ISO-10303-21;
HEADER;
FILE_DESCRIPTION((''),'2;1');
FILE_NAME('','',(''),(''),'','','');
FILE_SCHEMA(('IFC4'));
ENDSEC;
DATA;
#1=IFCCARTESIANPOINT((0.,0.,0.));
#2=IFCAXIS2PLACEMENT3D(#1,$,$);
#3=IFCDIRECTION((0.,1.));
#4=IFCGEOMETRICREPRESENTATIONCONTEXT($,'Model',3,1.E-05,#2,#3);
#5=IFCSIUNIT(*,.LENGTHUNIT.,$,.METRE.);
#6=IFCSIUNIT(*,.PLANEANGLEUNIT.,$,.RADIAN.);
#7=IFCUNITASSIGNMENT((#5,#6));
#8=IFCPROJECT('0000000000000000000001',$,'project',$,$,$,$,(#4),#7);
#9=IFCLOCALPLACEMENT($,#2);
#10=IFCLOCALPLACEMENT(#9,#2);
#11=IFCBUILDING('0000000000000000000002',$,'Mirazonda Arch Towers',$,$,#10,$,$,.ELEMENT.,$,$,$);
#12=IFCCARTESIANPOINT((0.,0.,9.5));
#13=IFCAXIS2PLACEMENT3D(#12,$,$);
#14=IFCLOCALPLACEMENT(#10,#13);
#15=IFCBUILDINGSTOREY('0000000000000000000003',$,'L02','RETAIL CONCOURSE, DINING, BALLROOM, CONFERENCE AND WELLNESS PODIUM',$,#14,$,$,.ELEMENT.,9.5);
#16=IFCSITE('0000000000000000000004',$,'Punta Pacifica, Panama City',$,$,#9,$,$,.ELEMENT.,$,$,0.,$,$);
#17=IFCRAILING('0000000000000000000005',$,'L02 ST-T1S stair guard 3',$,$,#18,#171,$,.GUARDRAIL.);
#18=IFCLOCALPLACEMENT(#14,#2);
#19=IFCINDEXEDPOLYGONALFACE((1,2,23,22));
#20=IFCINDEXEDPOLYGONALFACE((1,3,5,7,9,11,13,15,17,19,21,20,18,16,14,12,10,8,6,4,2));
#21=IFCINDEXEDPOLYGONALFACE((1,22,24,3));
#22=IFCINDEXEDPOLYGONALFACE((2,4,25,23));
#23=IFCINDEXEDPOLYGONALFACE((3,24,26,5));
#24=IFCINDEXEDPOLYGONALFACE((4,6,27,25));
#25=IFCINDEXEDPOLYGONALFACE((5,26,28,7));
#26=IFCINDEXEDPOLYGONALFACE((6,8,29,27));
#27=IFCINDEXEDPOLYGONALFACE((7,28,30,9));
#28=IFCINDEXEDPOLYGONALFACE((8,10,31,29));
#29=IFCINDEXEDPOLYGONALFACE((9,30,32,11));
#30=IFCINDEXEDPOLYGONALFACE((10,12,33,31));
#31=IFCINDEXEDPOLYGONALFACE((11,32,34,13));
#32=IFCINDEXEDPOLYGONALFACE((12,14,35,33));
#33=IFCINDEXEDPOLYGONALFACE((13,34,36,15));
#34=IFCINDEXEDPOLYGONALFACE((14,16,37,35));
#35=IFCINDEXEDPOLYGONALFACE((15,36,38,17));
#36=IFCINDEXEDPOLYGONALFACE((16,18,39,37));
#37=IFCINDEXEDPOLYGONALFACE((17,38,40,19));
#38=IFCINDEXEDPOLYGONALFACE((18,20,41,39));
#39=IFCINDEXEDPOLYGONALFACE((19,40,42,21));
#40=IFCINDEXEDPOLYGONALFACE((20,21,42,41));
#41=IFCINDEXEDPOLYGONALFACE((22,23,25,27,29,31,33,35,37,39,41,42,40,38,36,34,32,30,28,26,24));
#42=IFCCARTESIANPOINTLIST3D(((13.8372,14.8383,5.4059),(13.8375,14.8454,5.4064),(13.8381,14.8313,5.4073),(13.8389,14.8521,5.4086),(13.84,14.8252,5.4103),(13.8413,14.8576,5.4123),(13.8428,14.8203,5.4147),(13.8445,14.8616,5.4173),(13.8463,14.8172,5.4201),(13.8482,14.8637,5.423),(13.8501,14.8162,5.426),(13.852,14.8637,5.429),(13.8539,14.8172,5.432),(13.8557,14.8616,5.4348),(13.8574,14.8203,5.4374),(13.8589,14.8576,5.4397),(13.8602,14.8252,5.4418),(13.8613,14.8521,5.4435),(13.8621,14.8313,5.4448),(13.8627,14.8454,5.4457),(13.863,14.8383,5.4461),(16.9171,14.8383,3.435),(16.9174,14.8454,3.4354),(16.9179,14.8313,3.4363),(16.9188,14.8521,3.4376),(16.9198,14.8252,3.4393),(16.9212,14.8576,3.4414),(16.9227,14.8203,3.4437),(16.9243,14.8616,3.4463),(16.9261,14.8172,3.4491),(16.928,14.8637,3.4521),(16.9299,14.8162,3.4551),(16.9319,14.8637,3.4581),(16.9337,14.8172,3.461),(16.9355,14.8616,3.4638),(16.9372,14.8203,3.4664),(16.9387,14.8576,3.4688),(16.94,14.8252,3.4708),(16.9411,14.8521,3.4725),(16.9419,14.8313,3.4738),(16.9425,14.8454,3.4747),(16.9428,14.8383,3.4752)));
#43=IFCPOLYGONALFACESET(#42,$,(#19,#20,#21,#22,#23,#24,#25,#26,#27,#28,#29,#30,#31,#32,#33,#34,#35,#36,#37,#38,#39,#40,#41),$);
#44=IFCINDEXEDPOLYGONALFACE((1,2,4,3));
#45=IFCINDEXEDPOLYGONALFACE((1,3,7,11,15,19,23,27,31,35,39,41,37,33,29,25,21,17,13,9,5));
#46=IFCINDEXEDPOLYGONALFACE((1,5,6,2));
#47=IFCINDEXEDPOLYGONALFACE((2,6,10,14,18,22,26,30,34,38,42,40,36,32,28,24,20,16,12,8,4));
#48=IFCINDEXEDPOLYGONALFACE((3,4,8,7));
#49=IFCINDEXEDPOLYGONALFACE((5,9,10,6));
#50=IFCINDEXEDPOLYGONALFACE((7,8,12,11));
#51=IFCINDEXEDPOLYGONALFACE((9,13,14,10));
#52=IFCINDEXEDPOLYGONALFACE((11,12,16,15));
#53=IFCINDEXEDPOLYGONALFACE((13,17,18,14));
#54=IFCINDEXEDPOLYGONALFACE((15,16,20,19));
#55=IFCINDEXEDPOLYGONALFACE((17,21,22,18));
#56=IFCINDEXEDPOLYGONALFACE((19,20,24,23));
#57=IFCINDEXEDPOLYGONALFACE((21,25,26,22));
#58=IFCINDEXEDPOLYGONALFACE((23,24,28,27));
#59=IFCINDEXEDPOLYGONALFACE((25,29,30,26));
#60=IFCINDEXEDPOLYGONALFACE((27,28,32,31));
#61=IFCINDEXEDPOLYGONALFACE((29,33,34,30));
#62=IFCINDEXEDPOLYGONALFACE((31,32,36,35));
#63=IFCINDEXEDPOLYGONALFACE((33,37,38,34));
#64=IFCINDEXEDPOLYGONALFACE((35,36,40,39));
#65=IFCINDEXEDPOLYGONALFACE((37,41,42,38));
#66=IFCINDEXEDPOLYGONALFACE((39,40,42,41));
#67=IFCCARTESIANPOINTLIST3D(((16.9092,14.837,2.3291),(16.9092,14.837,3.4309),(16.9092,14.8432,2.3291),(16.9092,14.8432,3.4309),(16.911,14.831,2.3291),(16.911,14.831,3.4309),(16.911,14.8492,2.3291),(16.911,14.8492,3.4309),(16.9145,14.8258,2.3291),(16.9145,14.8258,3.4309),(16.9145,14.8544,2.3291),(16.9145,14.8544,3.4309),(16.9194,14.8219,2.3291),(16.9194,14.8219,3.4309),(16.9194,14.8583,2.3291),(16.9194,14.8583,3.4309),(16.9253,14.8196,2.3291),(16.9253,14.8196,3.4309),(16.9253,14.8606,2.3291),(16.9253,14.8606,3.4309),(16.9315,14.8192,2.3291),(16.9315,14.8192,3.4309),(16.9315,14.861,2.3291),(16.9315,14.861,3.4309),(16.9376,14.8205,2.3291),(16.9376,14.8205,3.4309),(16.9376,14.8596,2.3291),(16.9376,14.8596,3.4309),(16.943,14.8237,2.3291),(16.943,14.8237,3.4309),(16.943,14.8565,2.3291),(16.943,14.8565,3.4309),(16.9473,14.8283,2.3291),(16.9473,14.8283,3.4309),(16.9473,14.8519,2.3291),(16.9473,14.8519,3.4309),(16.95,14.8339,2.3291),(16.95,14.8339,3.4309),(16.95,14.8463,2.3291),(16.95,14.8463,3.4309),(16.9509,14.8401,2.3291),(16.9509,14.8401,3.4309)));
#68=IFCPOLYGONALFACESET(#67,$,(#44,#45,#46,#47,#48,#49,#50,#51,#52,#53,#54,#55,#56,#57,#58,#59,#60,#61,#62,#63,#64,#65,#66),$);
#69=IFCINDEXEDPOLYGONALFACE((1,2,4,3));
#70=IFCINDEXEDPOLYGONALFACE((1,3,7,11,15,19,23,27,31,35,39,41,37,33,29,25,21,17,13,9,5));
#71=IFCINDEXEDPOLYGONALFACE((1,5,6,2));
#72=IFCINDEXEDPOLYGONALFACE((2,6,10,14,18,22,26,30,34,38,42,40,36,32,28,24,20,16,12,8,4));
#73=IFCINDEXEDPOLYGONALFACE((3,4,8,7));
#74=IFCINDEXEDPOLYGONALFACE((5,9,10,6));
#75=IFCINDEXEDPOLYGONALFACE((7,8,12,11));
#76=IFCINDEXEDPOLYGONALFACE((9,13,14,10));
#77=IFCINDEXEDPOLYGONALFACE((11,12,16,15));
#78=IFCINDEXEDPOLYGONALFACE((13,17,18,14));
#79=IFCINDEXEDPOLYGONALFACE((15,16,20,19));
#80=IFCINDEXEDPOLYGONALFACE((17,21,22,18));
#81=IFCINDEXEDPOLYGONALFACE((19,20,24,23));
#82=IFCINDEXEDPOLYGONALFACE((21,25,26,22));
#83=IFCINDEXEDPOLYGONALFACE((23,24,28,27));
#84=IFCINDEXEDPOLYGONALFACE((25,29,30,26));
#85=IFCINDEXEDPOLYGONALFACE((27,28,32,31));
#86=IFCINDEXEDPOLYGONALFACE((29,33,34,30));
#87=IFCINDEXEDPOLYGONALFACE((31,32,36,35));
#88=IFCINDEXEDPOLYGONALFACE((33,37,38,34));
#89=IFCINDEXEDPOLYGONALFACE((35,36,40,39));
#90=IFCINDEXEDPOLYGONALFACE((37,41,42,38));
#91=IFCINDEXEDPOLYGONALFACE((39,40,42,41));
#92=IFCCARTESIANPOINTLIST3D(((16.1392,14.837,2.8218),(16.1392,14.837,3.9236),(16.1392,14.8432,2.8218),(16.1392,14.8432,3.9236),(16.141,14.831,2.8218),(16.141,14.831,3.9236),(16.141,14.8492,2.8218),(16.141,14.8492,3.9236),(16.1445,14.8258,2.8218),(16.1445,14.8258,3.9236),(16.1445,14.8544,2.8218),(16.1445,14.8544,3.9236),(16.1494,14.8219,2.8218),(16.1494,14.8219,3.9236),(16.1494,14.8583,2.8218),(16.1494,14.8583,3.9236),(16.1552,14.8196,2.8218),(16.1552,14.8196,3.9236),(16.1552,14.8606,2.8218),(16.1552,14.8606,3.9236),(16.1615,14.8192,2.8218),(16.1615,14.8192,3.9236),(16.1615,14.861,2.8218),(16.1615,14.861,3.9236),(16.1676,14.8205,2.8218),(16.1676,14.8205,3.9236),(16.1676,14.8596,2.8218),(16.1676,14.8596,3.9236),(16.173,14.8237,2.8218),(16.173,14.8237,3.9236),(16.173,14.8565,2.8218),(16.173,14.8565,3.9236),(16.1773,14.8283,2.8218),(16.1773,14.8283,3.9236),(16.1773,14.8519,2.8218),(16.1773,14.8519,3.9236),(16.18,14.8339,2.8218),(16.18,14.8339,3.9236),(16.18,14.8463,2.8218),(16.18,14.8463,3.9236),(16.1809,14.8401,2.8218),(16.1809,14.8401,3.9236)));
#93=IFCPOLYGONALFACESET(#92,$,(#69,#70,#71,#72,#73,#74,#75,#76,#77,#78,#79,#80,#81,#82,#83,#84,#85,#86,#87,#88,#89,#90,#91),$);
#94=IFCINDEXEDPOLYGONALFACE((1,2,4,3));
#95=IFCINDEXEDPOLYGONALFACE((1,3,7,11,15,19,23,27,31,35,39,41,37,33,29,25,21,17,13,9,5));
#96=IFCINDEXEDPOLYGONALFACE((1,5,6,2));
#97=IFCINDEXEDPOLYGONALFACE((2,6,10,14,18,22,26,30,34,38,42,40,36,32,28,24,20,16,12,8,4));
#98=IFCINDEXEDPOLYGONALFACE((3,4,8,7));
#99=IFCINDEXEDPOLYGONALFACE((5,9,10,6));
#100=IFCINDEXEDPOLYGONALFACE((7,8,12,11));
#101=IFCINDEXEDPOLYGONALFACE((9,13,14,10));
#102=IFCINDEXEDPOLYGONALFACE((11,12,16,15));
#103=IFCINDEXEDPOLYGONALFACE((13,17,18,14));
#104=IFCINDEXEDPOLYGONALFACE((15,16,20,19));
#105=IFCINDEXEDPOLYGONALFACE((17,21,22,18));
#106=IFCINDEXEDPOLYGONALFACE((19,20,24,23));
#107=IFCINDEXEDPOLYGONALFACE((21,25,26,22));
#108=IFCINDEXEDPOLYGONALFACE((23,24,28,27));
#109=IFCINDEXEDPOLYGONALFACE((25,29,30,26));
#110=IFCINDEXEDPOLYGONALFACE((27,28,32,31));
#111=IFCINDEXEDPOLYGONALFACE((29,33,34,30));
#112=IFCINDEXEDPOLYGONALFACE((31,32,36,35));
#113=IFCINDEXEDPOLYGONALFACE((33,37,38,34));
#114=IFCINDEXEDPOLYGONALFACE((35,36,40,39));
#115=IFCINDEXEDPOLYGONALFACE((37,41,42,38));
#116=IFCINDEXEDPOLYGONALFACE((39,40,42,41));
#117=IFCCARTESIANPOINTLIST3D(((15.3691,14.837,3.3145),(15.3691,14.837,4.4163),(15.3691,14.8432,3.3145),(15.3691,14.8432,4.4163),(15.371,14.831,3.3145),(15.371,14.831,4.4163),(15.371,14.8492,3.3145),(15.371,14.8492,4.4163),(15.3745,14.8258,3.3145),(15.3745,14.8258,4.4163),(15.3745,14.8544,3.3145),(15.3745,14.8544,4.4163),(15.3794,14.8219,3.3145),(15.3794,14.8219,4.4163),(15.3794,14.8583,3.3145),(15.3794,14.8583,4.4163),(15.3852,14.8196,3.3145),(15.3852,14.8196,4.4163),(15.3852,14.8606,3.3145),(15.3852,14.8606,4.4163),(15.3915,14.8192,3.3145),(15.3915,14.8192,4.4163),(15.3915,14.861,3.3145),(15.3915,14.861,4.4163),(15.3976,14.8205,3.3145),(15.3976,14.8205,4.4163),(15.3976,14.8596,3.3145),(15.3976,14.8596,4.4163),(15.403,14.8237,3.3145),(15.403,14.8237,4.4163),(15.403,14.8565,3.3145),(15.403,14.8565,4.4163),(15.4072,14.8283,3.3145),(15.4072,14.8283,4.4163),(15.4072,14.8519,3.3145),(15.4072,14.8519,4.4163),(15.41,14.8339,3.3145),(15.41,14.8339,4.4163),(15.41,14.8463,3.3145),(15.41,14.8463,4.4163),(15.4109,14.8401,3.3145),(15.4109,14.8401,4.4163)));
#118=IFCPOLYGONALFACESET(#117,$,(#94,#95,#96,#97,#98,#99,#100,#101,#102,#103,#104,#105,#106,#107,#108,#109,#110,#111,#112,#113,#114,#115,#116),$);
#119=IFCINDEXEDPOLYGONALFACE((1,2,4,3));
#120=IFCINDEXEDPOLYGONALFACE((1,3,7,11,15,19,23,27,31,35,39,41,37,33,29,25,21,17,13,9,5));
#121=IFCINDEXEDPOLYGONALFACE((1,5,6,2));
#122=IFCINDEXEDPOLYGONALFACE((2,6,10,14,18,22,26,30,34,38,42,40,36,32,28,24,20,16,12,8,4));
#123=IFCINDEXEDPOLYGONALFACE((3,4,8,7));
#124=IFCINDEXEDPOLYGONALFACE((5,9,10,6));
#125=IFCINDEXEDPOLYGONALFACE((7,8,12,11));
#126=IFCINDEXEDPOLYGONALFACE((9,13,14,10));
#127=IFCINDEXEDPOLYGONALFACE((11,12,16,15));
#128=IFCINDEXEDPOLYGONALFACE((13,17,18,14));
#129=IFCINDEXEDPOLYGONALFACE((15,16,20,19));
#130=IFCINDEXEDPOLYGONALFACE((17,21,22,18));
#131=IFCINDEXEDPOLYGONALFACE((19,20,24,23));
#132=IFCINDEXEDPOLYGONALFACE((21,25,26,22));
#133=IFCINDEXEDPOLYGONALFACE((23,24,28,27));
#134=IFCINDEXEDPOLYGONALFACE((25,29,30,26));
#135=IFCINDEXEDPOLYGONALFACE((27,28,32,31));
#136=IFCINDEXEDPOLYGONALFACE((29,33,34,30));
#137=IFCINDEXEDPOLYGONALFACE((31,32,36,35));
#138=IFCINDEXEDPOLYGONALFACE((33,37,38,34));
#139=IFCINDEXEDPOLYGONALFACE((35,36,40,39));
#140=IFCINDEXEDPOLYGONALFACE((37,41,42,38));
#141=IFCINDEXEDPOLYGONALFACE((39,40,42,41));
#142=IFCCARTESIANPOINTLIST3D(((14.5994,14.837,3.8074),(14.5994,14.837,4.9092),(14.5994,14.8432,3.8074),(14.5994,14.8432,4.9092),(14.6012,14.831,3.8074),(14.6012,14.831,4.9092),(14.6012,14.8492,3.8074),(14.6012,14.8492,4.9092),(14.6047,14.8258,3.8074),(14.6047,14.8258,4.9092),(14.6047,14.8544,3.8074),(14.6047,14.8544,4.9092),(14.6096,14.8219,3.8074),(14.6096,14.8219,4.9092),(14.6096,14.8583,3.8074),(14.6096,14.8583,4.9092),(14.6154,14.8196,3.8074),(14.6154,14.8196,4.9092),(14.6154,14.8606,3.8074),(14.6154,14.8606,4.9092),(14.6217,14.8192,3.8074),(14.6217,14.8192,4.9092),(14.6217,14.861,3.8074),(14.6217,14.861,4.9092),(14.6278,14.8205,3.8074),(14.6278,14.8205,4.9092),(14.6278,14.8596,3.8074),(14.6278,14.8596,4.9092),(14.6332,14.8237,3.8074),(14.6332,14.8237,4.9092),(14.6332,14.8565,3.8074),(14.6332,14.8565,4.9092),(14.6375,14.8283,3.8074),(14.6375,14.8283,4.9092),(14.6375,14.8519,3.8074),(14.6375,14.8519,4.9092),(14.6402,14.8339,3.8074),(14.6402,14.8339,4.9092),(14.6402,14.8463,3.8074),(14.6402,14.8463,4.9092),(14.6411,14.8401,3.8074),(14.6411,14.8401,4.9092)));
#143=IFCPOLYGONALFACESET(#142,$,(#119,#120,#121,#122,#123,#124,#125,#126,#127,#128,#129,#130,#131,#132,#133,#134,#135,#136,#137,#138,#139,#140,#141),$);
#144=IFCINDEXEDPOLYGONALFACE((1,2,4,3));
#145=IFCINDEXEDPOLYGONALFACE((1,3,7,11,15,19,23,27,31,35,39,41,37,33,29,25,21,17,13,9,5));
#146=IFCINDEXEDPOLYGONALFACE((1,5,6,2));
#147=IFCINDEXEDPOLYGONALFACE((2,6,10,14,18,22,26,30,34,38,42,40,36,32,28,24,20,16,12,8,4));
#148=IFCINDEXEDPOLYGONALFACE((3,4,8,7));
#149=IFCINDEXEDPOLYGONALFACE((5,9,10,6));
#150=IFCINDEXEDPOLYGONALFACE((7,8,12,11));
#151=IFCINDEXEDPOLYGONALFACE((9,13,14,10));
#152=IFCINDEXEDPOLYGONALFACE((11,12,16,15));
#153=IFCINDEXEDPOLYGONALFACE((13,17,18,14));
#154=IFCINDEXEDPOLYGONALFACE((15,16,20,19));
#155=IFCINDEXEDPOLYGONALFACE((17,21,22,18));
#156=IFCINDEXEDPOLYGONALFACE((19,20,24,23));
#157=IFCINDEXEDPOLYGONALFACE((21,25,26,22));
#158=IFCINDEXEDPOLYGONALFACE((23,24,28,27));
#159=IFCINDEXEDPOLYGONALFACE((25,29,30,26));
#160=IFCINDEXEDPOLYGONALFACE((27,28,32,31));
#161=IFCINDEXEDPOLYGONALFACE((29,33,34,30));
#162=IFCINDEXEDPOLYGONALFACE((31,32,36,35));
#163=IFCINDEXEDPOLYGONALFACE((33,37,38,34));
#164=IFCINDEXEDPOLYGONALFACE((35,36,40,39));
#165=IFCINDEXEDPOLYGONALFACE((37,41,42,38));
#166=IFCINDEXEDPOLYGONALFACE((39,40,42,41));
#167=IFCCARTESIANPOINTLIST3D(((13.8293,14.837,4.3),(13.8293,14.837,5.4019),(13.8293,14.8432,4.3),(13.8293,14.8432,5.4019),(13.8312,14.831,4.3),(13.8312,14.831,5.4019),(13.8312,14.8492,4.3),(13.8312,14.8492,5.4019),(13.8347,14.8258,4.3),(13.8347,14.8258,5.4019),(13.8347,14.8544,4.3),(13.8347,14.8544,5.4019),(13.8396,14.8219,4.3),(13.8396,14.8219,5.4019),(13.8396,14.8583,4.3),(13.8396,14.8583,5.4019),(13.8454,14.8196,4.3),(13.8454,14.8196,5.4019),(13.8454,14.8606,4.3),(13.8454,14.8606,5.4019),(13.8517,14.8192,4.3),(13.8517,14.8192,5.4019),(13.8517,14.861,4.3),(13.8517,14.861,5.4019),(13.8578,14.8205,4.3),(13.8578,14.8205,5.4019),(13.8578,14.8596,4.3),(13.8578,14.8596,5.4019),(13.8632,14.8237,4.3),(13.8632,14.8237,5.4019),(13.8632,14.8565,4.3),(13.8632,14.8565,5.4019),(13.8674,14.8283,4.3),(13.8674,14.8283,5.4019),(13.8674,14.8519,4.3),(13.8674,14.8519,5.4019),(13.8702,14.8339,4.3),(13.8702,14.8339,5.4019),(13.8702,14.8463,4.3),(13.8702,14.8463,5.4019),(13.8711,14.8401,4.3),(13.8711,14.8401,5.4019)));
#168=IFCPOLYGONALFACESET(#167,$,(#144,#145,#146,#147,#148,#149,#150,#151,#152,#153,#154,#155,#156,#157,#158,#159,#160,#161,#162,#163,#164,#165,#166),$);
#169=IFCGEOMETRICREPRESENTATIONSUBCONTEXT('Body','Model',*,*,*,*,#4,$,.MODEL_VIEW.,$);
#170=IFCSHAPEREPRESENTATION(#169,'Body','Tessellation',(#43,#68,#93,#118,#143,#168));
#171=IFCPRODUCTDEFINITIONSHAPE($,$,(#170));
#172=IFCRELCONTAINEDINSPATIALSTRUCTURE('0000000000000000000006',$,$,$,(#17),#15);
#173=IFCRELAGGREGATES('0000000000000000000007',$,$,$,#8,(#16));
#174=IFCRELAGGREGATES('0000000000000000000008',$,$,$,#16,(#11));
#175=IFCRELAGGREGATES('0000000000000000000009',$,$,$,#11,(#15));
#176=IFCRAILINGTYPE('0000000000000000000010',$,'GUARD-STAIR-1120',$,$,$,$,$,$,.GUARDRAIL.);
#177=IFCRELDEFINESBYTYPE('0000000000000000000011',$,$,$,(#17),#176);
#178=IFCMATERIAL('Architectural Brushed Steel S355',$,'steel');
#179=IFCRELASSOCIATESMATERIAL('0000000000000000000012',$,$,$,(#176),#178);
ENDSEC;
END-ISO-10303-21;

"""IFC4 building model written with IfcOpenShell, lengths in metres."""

from ifc_helpers import new_model, si_unit, direction, frame, origin, origin_2d, place, context, subcontext, project, spatial, circle, extrude, material, type_object, element, save


model = new_model("IFC4")

# Units and contexts
model_context = context("Model", 3, precision=1e-05, world=origin(), true_north=direction((0.0, 1.0)))
body_context = subcontext(model_context, "Body", "Model", "MODEL_VIEW")
ifc_project = project(units=[si_unit("LENGTHUNIT", "METRE"), si_unit("PLANEANGLEUNIT", "RADIAN")], contexts=[model_context])

# Site, building, storey
site_placement = place(None, origin())
site = spatial("IfcSite", under=ifc_project, at=site_placement, Name="Punta Pacifica, Panama City", CompositionType="ELEMENT", RefElevation=0.0)
building_placement = place(site_placement, origin())
building = spatial("IfcBuilding", under=site, at=building_placement, Name="Mirazonda Arch Towers", CompositionType="ELEMENT")
storey_placement = place(building_placement, frame((0.0, 0.0, 9.5)))
storey = spatial("IfcBuildingStorey", under=building, at=storey_placement, Name="L02", Description="RETAIL CONCOURSE, DINING, BALLROOM, CONFERENCE AND WELLNESS PODIUM", CompositionType="ELEMENT", Elevation=9.5)

# Shared definitions
ifc_material_1 = material(Name="Architectural Brushed Steel S355", Category="steel")

# Railing
railing_type_1 = type_object("IfcRailingType", Name="GUARD-STAIR-1120", PredefinedType="GUARDRAIL", material=ifc_material_1)
railing_1_placement = place(storey_placement, frame((16.9299, 14.8401, 2.3291)))
element("IfcRailing", 1, at=railing_1_placement, inside=storey, type_object=railing_type_1, Name="L02 ST-T1S stair guard 3", PredefinedType="GUARDRAIL", context=body_context, shape_type="SweptSolid", body=[
    extrude(circle(Radius=0.0239, at=origin_2d()), frame((0.0, 0.0, 1.126), z_axis=(-0.84229, 0.0, 0.539025), x_axis=(0.0, -1.0, 0.0)), (0.0, 0.0, 1.0), 3.6565),
    extrude(circle(Radius=0.021, at=origin_2d()), origin(), (0.0, 0.0, 1.0), 1.1018),
    extrude(circle(Radius=0.021, at=origin_2d()), frame((-0.77, 0.0, 0.4927)), (0.0, 0.0, 1.0), 1.1018),
    extrude(circle(Radius=0.021, at=origin_2d()), frame((-1.54, 0.0, 0.9854)), (0.0, 0.0, 1.0), 1.1018),
    extrude(circle(Radius=0.021, at=origin_2d()), frame((-2.3098, 0.0, 1.4783)), (0.0, 0.0, 1.0), 1.1018),
    extrude(circle(Radius=0.021, at=origin_2d()), frame((-3.0798, 0.0, 1.9709)), (0.0, 0.0, 1.0), 1.1018),
])

save(model, "model.ifc")
